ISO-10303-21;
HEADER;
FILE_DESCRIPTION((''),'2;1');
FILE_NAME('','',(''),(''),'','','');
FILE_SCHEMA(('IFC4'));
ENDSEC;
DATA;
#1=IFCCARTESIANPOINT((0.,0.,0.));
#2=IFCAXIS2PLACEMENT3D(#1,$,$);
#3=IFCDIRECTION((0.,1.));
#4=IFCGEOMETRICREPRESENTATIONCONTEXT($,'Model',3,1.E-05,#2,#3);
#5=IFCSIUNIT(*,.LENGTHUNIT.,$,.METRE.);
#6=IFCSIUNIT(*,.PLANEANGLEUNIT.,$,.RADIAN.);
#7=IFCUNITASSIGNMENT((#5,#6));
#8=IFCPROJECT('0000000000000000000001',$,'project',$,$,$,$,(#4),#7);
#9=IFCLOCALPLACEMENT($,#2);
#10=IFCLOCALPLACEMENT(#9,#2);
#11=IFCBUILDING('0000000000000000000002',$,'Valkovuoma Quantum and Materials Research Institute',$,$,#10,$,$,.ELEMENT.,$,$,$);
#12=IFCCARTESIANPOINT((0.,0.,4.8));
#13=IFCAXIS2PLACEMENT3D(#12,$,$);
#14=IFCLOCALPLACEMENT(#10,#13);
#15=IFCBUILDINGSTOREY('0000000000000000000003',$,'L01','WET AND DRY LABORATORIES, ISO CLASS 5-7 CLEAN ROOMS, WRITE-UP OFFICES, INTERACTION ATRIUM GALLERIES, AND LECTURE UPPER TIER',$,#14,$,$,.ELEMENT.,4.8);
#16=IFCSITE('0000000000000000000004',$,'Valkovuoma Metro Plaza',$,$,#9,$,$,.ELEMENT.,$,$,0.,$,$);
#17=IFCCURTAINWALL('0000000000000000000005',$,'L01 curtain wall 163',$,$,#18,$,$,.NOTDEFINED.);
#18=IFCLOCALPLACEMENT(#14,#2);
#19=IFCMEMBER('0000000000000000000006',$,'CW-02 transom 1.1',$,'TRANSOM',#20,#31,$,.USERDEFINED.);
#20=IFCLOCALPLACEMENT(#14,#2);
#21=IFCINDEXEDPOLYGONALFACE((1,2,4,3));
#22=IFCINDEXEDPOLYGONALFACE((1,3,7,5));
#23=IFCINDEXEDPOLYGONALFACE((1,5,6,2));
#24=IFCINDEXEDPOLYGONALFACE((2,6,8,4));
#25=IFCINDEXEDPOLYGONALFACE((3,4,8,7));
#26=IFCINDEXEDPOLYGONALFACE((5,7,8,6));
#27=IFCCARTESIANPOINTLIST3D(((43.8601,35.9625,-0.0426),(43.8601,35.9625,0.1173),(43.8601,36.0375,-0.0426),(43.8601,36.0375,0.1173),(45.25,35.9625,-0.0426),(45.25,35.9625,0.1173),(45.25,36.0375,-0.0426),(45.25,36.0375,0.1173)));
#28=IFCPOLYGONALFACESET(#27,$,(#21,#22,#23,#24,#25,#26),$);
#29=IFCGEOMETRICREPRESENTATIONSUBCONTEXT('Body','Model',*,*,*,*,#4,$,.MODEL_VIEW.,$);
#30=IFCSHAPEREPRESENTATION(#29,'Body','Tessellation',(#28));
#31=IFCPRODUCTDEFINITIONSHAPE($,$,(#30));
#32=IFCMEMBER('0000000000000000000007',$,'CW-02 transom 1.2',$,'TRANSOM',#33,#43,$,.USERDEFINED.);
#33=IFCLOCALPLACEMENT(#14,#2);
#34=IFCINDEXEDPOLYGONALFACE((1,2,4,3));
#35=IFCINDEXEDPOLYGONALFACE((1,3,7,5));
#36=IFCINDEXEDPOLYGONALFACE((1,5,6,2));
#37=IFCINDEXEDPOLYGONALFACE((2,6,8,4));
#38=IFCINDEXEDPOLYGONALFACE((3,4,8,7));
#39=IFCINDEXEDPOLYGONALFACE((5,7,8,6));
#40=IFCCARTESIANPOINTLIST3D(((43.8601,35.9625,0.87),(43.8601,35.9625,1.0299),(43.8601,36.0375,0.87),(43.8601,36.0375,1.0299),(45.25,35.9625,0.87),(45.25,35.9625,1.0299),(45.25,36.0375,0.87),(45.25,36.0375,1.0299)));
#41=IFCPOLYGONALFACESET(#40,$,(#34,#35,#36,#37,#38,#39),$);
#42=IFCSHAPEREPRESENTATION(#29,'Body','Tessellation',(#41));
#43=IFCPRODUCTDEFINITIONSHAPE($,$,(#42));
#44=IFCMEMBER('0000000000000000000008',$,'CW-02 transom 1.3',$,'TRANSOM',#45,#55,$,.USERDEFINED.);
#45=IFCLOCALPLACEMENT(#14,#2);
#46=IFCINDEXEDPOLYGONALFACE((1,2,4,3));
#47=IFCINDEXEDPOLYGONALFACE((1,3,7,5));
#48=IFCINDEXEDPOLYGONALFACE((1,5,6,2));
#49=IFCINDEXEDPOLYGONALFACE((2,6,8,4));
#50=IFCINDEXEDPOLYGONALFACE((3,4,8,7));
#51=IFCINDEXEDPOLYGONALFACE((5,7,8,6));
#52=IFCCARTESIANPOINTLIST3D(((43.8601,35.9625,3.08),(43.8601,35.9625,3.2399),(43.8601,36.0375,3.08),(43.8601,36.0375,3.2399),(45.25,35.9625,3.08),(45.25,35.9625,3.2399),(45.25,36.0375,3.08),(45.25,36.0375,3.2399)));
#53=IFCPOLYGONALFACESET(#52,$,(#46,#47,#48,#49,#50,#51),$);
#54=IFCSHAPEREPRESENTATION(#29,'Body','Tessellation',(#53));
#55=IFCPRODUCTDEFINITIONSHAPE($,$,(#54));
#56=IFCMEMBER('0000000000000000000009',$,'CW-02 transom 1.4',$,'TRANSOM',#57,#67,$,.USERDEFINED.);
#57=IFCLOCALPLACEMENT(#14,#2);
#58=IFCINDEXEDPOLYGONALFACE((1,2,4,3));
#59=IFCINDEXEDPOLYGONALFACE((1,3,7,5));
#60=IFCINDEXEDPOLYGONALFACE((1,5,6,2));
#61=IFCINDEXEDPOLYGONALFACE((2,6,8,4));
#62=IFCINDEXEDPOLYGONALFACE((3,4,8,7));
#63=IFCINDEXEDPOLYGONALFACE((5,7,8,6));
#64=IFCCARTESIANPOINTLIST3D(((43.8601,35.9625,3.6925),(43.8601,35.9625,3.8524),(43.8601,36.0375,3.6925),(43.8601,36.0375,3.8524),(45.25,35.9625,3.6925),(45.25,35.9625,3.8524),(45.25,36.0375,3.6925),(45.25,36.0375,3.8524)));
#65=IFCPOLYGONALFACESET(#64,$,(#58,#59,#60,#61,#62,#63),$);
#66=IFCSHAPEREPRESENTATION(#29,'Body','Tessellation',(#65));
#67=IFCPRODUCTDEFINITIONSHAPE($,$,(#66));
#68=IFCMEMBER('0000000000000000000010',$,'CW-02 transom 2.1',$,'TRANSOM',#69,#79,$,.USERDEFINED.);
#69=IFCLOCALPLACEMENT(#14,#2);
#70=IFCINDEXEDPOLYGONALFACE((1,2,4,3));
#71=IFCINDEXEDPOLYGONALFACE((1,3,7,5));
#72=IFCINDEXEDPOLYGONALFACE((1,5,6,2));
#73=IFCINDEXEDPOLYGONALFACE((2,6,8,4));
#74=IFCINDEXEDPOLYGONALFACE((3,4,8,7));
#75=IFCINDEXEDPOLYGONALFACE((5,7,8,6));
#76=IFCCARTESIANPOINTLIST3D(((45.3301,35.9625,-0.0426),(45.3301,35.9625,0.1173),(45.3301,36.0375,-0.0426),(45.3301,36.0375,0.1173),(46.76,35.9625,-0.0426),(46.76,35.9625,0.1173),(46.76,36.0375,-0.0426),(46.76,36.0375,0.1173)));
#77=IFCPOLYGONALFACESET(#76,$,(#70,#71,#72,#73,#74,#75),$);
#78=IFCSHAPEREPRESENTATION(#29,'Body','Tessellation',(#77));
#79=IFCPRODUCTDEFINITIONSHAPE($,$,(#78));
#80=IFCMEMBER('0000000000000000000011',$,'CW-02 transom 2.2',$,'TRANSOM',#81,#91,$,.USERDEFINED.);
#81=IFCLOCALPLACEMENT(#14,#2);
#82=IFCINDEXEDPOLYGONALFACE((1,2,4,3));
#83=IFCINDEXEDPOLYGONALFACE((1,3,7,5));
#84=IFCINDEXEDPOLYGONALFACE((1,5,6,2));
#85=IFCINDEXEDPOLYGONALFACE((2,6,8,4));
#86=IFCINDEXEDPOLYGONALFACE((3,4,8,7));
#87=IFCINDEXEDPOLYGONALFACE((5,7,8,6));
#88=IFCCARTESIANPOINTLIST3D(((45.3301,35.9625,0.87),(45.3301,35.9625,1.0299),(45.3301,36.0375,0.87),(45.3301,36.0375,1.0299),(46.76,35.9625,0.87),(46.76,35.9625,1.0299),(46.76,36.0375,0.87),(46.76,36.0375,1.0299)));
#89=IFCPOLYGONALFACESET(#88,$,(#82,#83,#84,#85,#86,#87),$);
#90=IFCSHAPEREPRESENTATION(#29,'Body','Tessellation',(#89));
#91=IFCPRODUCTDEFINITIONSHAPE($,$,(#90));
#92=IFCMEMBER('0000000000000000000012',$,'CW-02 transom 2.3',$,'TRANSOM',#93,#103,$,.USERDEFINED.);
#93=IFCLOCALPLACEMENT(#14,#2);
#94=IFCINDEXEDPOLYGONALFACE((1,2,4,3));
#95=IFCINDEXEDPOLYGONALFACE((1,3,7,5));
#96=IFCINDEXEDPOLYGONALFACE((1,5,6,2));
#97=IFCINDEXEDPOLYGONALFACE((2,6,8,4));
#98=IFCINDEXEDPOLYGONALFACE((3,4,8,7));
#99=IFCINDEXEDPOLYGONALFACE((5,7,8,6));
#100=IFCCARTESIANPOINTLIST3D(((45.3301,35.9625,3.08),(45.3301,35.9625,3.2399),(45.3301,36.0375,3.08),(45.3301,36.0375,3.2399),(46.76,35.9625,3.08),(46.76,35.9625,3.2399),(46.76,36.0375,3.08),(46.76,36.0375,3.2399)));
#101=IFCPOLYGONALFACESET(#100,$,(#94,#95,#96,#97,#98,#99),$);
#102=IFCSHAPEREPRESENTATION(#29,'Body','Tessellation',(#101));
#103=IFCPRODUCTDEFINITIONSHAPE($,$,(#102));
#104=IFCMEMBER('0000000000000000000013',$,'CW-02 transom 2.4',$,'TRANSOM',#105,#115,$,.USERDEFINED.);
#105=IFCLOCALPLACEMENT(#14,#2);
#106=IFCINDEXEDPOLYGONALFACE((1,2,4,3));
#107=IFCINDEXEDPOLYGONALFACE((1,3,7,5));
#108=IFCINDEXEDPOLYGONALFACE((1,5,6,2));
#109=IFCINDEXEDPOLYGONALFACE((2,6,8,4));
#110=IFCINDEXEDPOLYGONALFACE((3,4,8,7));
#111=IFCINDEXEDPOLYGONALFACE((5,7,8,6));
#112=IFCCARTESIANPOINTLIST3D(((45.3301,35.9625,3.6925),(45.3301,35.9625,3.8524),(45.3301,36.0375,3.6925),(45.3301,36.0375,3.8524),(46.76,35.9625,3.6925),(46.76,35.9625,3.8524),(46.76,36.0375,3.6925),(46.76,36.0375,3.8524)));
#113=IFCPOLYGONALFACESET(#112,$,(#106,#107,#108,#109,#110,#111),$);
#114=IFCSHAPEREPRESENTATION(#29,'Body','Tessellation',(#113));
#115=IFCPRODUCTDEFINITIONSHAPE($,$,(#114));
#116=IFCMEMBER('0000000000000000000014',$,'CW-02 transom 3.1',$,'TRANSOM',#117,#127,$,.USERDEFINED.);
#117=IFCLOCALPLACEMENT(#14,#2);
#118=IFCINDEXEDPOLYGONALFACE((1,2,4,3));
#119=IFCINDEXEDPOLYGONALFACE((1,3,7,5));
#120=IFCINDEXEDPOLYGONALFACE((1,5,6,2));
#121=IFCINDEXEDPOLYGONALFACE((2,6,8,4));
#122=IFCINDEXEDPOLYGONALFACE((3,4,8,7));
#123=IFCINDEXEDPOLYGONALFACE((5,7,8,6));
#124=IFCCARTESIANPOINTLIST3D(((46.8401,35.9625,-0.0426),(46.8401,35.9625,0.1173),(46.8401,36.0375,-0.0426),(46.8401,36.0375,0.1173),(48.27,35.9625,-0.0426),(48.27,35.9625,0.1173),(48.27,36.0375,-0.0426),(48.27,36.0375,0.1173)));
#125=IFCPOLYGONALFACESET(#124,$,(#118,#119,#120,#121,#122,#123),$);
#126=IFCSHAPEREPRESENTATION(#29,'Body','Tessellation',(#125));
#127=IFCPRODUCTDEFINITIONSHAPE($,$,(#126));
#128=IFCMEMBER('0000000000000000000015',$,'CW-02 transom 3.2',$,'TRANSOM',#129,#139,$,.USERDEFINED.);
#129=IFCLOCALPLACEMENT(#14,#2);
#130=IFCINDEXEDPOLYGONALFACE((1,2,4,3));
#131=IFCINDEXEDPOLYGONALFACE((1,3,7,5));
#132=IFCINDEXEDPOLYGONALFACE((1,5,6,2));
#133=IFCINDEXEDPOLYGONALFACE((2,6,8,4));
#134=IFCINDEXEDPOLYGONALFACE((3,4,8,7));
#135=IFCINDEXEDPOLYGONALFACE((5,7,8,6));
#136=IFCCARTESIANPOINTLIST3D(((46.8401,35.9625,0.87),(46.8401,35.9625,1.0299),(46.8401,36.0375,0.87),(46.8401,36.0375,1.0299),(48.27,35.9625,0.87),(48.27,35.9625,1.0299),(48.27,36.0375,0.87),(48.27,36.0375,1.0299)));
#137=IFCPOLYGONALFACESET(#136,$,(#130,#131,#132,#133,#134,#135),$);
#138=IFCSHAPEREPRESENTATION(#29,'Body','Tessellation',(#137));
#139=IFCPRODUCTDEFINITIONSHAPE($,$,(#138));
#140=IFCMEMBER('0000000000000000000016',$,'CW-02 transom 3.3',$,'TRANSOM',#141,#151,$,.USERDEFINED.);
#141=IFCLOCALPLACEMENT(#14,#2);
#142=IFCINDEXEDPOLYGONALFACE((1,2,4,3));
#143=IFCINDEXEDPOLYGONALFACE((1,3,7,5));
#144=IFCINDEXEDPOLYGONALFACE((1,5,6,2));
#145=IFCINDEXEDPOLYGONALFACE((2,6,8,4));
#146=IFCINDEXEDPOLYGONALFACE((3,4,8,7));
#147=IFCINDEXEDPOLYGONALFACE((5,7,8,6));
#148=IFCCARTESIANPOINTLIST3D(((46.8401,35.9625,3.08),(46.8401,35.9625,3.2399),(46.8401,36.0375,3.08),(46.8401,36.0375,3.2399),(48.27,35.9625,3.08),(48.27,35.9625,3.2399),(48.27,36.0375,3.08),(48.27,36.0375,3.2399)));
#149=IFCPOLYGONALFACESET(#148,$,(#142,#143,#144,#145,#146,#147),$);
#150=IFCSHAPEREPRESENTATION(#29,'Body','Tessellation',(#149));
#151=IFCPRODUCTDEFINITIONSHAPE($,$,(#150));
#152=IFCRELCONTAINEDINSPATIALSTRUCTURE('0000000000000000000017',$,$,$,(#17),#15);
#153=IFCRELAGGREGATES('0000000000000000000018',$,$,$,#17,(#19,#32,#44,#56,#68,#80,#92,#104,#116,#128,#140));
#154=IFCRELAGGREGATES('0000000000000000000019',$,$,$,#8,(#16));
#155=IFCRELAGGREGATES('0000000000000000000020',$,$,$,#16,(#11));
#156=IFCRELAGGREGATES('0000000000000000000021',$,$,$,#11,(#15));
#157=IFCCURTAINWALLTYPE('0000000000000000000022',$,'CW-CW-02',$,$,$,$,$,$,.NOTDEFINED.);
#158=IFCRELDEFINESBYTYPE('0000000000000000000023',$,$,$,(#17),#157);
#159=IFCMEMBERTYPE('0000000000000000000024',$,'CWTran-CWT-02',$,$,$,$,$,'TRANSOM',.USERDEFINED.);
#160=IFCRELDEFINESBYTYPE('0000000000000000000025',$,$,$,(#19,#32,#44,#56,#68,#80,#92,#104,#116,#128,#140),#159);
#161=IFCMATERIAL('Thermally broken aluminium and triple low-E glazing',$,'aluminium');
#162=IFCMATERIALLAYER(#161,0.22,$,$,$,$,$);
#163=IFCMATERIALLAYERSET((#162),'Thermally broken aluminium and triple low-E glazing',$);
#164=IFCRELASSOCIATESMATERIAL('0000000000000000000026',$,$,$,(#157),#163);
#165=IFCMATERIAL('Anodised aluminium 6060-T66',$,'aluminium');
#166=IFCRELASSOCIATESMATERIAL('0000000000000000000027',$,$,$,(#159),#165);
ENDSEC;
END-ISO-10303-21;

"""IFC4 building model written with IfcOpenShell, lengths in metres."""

from ifc_helpers import new_model, si_unit, direction, frame, origin, origin_2d, place, context, subcontext, project, spatial, rectangle, extrude, material, layer, layer_set, material_profile, profile_set, type_object, element, aggregate, save


model = new_model("IFC4")

# Units and contexts
model_context = context("Model", 3, precision=1e-05, world=origin(), true_north=direction((0.0, 1.0)))
body_context = subcontext(model_context, "Body", "Model", "MODEL_VIEW")
ifc_project = project(units=[si_unit("LENGTHUNIT", "METRE"), si_unit("PLANEANGLEUNIT", "RADIAN")], contexts=[model_context])

# Site, building, storey
site_placement = place(None, origin())
site = spatial("IfcSite", under=ifc_project, at=site_placement, Name="Valkovuoma Metro Plaza", CompositionType="ELEMENT", RefElevation=0.0)
building_placement = place(site_placement, origin())
building = spatial("IfcBuilding", under=site, at=building_placement, Name="Valkovuoma Quantum and Materials Research Institute", CompositionType="ELEMENT")
storey_placement = place(building_placement, frame((0.0, 0.0, 4.8)))
storey = spatial("IfcBuildingStorey", under=building, at=storey_placement, Name="L01", Description="WET AND DRY LABORATORIES, ISO CLASS 5-7 CLEAN ROOMS, WRITE-UP OFFICES, INTERACTION ATRIUM GALLERIES, AND LECTURE UPPER TIER", CompositionType="ELEMENT", Elevation=4.8)

# Shared definitions
ifc_material_1 = material(Name="Thermally broken aluminium and triple low-E glazing", Category="aluminium")
ifc_layer_1 = layer(ifc_material_1, 0.22)
ifc_layer_set_1 = layer_set([ifc_layer_1], Name="Thermally broken aluminium and triple low-E glazing")
curtain_wall_type = type_object("IfcCurtainWallType", Name="CW-CW-02", PredefinedType="NOTDEFINED", material=ifc_layer_set_1)

# Curtain wall
curtain_wall_1_placement = place(storey_placement, origin())
curtain_wall_1 = element("IfcCurtainWall", 1, at=curtain_wall_1_placement, inside=storey, type_object=curtain_wall_type, Name="L01 curtain wall 163", PredefinedType="NOTDEFINED")

# Members
ifc_material_2 = material(Name="Anodised aluminium 6060-T66", Category="aluminium")
ifc_material_profile_1 = material_profile(ifc_material_2, rectangle(XDim=0.075, YDim=0.1599, at=origin_2d()), Name="Anodised aluminium 6060-T66")
ifc_profile_set_1 = profile_set([ifc_material_profile_1], Name="Anodised aluminium 6060-T66")
member_type_1 = type_object("IfcMemberType", Name="CWTran-CWT-02", ElementType="TRANSOM", PredefinedType="USERDEFINED", material=ifc_profile_set_1)
member_1_placement = place(storey_placement, frame((43.8601, 36.0, 0.0374), z_axis=(1.0, 0.0, 0.0), x_axis=(0.0, 1.0, 0.0)))
member_1 = element("IfcMember", 2, at=member_1_placement, type_object=member_type_1, Name="CW-02 transom 1.1", ObjectType="TRANSOM", PredefinedType="USERDEFINED", context=body_context, shape_type="SweptSolid", body=[
    extrude(rectangle(XDim=0.075, YDim=0.1599, at=origin_2d()), origin(), (0.0, 0.0, 1.0), 1.3899),
])
member_2_placement = place(storey_placement, frame((43.8601, 36.0, 0.95), z_axis=(1.0, 0.0, 0.0), x_axis=(0.0, 1.0, 0.0)))
member_2 = element("IfcMember", 3, at=member_2_placement, type_object=member_type_1, Name="CW-02 transom 1.2", ObjectType="TRANSOM", PredefinedType="USERDEFINED", context=body_context, shape_type="SweptSolid", body=[
    extrude(rectangle(XDim=0.075, YDim=0.1599, at=origin_2d()), origin(), (0.0, 0.0, 1.0), 1.3899),
])
member_3_placement = place(storey_placement, frame((43.8601, 36.0, 3.1599), z_axis=(1.0, 0.0, 0.0), x_axis=(0.0, 1.0, 0.0)))
member_3 = element("IfcMember", 4, at=member_3_placement, type_object=member_type_1, Name="CW-02 transom 1.3", ObjectType="TRANSOM", PredefinedType="USERDEFINED", context=body_context, shape_type="SweptSolid", body=[
    extrude(rectangle(XDim=0.075, YDim=0.1599, at=origin_2d()), origin(), (0.0, 0.0, 1.0), 1.3899),
])
member_4_placement = place(storey_placement, frame((43.8601, 36.0, 3.7725), z_axis=(1.0, 0.0, 0.0), x_axis=(0.0, 1.0, 0.0)))
member_4 = element("IfcMember", 5, at=member_4_placement, type_object=member_type_1, Name="CW-02 transom 1.4", ObjectType="TRANSOM", PredefinedType="USERDEFINED", context=body_context, shape_type="SweptSolid", body=[
    extrude(rectangle(XDim=0.075, YDim=0.1599, at=origin_2d()), origin(), (0.0, 0.0, 1.0), 1.3899),
])
member_5_placement = place(storey_placement, frame((45.3301, 36.0, 0.0374), z_axis=(1.0, 0.0, 0.0), x_axis=(0.0, 1.0, 0.0)))
member_5 = element("IfcMember", 6, at=member_5_placement, type_object=member_type_1, Name="CW-02 transom 2.1", ObjectType="TRANSOM", PredefinedType="USERDEFINED", context=body_context, shape_type="SweptSolid", body=[
    extrude(rectangle(XDim=0.075, YDim=0.1599, at=origin_2d()), origin(), (0.0, 0.0, 1.0), 1.4299),
])
member_6_placement = place(storey_placement, frame((45.3301, 36.0, 0.95), z_axis=(1.0, 0.0, 0.0), x_axis=(0.0, 1.0, 0.0)))
member_6 = element("IfcMember", 7, at=member_6_placement, type_object=member_type_1, Name="CW-02 transom 2.2", ObjectType="TRANSOM", PredefinedType="USERDEFINED", context=body_context, shape_type="SweptSolid", body=[
    extrude(rectangle(XDim=0.075, YDim=0.1599, at=origin_2d()), origin(), (0.0, 0.0, 1.0), 1.4299),
])
member_7_placement = place(storey_placement, frame((45.3301, 36.0, 3.1599), z_axis=(1.0, 0.0, 0.0), x_axis=(0.0, 1.0, 0.0)))
member_7 = element("IfcMember", 8, at=member_7_placement, type_object=member_type_1, Name="CW-02 transom 2.3", ObjectType="TRANSOM", PredefinedType="USERDEFINED", context=body_context, shape_type="SweptSolid", body=[
    extrude(rectangle(XDim=0.075, YDim=0.1599, at=origin_2d()), origin(), (0.0, 0.0, 1.0), 1.4299),
])
member_8_placement = place(storey_placement, frame((45.3301, 36.0, 3.7725), z_axis=(1.0, 0.0, 0.0), x_axis=(0.0, 1.0, 0.0)))
member_8 = element("IfcMember", 9, at=member_8_placement, type_object=member_type_1, Name="CW-02 transom 2.4", ObjectType="TRANSOM", PredefinedType="USERDEFINED", context=body_context, shape_type="SweptSolid", body=[
    extrude(rectangle(XDim=0.075, YDim=0.1599, at=origin_2d()), origin(), (0.0, 0.0, 1.0), 1.4299),
])
member_9_placement = place(storey_placement, frame((46.8401, 36.0, 0.0374), z_axis=(1.0, 0.0, 0.0), x_axis=(0.0, 1.0, 0.0)))
member_9 = element("IfcMember", 10, at=member_9_placement, type_object=member_type_1, Name="CW-02 transom 3.1", ObjectType="TRANSOM", PredefinedType="USERDEFINED", context=body_context, shape_type="SweptSolid", body=[
    extrude(rectangle(XDim=0.075, YDim=0.1599, at=origin_2d()), origin(), (0.0, 0.0, 1.0), 1.4299),
])
member_10_placement = place(storey_placement, frame((46.8401, 36.0, 0.95), z_axis=(1.0, 0.0, 0.0), x_axis=(0.0, 1.0, 0.0)))
member_10 = element("IfcMember", 11, at=member_10_placement, type_object=member_type_1, Name="CW-02 transom 3.2", ObjectType="TRANSOM", PredefinedType="USERDEFINED", context=body_context, shape_type="SweptSolid", body=[
    extrude(rectangle(XDim=0.075, YDim=0.1599, at=origin_2d()), origin(), (0.0, 0.0, 1.0), 1.4299),
])
member_11_placement = place(storey_placement, frame((46.8401, 36.0, 3.1599), z_axis=(1.0, 0.0, 0.0), x_axis=(0.0, 1.0, 0.0)))
member_11 = element("IfcMember", 12, at=member_11_placement, type_object=member_type_1, Name="CW-02 transom 3.3", ObjectType="TRANSOM", PredefinedType="USERDEFINED", context=body_context, shape_type="SweptSolid", body=[
    extrude(rectangle(XDim=0.075, YDim=0.1599, at=origin_2d()), origin(), (0.0, 0.0, 1.0), 1.4299),
])

aggregate(curtain_wall_1, [member_1, member_2, member_3, member_4, member_5, member_6, member_7, member_8, member_9, member_10, member_11])

save(model, "model.ifc")
